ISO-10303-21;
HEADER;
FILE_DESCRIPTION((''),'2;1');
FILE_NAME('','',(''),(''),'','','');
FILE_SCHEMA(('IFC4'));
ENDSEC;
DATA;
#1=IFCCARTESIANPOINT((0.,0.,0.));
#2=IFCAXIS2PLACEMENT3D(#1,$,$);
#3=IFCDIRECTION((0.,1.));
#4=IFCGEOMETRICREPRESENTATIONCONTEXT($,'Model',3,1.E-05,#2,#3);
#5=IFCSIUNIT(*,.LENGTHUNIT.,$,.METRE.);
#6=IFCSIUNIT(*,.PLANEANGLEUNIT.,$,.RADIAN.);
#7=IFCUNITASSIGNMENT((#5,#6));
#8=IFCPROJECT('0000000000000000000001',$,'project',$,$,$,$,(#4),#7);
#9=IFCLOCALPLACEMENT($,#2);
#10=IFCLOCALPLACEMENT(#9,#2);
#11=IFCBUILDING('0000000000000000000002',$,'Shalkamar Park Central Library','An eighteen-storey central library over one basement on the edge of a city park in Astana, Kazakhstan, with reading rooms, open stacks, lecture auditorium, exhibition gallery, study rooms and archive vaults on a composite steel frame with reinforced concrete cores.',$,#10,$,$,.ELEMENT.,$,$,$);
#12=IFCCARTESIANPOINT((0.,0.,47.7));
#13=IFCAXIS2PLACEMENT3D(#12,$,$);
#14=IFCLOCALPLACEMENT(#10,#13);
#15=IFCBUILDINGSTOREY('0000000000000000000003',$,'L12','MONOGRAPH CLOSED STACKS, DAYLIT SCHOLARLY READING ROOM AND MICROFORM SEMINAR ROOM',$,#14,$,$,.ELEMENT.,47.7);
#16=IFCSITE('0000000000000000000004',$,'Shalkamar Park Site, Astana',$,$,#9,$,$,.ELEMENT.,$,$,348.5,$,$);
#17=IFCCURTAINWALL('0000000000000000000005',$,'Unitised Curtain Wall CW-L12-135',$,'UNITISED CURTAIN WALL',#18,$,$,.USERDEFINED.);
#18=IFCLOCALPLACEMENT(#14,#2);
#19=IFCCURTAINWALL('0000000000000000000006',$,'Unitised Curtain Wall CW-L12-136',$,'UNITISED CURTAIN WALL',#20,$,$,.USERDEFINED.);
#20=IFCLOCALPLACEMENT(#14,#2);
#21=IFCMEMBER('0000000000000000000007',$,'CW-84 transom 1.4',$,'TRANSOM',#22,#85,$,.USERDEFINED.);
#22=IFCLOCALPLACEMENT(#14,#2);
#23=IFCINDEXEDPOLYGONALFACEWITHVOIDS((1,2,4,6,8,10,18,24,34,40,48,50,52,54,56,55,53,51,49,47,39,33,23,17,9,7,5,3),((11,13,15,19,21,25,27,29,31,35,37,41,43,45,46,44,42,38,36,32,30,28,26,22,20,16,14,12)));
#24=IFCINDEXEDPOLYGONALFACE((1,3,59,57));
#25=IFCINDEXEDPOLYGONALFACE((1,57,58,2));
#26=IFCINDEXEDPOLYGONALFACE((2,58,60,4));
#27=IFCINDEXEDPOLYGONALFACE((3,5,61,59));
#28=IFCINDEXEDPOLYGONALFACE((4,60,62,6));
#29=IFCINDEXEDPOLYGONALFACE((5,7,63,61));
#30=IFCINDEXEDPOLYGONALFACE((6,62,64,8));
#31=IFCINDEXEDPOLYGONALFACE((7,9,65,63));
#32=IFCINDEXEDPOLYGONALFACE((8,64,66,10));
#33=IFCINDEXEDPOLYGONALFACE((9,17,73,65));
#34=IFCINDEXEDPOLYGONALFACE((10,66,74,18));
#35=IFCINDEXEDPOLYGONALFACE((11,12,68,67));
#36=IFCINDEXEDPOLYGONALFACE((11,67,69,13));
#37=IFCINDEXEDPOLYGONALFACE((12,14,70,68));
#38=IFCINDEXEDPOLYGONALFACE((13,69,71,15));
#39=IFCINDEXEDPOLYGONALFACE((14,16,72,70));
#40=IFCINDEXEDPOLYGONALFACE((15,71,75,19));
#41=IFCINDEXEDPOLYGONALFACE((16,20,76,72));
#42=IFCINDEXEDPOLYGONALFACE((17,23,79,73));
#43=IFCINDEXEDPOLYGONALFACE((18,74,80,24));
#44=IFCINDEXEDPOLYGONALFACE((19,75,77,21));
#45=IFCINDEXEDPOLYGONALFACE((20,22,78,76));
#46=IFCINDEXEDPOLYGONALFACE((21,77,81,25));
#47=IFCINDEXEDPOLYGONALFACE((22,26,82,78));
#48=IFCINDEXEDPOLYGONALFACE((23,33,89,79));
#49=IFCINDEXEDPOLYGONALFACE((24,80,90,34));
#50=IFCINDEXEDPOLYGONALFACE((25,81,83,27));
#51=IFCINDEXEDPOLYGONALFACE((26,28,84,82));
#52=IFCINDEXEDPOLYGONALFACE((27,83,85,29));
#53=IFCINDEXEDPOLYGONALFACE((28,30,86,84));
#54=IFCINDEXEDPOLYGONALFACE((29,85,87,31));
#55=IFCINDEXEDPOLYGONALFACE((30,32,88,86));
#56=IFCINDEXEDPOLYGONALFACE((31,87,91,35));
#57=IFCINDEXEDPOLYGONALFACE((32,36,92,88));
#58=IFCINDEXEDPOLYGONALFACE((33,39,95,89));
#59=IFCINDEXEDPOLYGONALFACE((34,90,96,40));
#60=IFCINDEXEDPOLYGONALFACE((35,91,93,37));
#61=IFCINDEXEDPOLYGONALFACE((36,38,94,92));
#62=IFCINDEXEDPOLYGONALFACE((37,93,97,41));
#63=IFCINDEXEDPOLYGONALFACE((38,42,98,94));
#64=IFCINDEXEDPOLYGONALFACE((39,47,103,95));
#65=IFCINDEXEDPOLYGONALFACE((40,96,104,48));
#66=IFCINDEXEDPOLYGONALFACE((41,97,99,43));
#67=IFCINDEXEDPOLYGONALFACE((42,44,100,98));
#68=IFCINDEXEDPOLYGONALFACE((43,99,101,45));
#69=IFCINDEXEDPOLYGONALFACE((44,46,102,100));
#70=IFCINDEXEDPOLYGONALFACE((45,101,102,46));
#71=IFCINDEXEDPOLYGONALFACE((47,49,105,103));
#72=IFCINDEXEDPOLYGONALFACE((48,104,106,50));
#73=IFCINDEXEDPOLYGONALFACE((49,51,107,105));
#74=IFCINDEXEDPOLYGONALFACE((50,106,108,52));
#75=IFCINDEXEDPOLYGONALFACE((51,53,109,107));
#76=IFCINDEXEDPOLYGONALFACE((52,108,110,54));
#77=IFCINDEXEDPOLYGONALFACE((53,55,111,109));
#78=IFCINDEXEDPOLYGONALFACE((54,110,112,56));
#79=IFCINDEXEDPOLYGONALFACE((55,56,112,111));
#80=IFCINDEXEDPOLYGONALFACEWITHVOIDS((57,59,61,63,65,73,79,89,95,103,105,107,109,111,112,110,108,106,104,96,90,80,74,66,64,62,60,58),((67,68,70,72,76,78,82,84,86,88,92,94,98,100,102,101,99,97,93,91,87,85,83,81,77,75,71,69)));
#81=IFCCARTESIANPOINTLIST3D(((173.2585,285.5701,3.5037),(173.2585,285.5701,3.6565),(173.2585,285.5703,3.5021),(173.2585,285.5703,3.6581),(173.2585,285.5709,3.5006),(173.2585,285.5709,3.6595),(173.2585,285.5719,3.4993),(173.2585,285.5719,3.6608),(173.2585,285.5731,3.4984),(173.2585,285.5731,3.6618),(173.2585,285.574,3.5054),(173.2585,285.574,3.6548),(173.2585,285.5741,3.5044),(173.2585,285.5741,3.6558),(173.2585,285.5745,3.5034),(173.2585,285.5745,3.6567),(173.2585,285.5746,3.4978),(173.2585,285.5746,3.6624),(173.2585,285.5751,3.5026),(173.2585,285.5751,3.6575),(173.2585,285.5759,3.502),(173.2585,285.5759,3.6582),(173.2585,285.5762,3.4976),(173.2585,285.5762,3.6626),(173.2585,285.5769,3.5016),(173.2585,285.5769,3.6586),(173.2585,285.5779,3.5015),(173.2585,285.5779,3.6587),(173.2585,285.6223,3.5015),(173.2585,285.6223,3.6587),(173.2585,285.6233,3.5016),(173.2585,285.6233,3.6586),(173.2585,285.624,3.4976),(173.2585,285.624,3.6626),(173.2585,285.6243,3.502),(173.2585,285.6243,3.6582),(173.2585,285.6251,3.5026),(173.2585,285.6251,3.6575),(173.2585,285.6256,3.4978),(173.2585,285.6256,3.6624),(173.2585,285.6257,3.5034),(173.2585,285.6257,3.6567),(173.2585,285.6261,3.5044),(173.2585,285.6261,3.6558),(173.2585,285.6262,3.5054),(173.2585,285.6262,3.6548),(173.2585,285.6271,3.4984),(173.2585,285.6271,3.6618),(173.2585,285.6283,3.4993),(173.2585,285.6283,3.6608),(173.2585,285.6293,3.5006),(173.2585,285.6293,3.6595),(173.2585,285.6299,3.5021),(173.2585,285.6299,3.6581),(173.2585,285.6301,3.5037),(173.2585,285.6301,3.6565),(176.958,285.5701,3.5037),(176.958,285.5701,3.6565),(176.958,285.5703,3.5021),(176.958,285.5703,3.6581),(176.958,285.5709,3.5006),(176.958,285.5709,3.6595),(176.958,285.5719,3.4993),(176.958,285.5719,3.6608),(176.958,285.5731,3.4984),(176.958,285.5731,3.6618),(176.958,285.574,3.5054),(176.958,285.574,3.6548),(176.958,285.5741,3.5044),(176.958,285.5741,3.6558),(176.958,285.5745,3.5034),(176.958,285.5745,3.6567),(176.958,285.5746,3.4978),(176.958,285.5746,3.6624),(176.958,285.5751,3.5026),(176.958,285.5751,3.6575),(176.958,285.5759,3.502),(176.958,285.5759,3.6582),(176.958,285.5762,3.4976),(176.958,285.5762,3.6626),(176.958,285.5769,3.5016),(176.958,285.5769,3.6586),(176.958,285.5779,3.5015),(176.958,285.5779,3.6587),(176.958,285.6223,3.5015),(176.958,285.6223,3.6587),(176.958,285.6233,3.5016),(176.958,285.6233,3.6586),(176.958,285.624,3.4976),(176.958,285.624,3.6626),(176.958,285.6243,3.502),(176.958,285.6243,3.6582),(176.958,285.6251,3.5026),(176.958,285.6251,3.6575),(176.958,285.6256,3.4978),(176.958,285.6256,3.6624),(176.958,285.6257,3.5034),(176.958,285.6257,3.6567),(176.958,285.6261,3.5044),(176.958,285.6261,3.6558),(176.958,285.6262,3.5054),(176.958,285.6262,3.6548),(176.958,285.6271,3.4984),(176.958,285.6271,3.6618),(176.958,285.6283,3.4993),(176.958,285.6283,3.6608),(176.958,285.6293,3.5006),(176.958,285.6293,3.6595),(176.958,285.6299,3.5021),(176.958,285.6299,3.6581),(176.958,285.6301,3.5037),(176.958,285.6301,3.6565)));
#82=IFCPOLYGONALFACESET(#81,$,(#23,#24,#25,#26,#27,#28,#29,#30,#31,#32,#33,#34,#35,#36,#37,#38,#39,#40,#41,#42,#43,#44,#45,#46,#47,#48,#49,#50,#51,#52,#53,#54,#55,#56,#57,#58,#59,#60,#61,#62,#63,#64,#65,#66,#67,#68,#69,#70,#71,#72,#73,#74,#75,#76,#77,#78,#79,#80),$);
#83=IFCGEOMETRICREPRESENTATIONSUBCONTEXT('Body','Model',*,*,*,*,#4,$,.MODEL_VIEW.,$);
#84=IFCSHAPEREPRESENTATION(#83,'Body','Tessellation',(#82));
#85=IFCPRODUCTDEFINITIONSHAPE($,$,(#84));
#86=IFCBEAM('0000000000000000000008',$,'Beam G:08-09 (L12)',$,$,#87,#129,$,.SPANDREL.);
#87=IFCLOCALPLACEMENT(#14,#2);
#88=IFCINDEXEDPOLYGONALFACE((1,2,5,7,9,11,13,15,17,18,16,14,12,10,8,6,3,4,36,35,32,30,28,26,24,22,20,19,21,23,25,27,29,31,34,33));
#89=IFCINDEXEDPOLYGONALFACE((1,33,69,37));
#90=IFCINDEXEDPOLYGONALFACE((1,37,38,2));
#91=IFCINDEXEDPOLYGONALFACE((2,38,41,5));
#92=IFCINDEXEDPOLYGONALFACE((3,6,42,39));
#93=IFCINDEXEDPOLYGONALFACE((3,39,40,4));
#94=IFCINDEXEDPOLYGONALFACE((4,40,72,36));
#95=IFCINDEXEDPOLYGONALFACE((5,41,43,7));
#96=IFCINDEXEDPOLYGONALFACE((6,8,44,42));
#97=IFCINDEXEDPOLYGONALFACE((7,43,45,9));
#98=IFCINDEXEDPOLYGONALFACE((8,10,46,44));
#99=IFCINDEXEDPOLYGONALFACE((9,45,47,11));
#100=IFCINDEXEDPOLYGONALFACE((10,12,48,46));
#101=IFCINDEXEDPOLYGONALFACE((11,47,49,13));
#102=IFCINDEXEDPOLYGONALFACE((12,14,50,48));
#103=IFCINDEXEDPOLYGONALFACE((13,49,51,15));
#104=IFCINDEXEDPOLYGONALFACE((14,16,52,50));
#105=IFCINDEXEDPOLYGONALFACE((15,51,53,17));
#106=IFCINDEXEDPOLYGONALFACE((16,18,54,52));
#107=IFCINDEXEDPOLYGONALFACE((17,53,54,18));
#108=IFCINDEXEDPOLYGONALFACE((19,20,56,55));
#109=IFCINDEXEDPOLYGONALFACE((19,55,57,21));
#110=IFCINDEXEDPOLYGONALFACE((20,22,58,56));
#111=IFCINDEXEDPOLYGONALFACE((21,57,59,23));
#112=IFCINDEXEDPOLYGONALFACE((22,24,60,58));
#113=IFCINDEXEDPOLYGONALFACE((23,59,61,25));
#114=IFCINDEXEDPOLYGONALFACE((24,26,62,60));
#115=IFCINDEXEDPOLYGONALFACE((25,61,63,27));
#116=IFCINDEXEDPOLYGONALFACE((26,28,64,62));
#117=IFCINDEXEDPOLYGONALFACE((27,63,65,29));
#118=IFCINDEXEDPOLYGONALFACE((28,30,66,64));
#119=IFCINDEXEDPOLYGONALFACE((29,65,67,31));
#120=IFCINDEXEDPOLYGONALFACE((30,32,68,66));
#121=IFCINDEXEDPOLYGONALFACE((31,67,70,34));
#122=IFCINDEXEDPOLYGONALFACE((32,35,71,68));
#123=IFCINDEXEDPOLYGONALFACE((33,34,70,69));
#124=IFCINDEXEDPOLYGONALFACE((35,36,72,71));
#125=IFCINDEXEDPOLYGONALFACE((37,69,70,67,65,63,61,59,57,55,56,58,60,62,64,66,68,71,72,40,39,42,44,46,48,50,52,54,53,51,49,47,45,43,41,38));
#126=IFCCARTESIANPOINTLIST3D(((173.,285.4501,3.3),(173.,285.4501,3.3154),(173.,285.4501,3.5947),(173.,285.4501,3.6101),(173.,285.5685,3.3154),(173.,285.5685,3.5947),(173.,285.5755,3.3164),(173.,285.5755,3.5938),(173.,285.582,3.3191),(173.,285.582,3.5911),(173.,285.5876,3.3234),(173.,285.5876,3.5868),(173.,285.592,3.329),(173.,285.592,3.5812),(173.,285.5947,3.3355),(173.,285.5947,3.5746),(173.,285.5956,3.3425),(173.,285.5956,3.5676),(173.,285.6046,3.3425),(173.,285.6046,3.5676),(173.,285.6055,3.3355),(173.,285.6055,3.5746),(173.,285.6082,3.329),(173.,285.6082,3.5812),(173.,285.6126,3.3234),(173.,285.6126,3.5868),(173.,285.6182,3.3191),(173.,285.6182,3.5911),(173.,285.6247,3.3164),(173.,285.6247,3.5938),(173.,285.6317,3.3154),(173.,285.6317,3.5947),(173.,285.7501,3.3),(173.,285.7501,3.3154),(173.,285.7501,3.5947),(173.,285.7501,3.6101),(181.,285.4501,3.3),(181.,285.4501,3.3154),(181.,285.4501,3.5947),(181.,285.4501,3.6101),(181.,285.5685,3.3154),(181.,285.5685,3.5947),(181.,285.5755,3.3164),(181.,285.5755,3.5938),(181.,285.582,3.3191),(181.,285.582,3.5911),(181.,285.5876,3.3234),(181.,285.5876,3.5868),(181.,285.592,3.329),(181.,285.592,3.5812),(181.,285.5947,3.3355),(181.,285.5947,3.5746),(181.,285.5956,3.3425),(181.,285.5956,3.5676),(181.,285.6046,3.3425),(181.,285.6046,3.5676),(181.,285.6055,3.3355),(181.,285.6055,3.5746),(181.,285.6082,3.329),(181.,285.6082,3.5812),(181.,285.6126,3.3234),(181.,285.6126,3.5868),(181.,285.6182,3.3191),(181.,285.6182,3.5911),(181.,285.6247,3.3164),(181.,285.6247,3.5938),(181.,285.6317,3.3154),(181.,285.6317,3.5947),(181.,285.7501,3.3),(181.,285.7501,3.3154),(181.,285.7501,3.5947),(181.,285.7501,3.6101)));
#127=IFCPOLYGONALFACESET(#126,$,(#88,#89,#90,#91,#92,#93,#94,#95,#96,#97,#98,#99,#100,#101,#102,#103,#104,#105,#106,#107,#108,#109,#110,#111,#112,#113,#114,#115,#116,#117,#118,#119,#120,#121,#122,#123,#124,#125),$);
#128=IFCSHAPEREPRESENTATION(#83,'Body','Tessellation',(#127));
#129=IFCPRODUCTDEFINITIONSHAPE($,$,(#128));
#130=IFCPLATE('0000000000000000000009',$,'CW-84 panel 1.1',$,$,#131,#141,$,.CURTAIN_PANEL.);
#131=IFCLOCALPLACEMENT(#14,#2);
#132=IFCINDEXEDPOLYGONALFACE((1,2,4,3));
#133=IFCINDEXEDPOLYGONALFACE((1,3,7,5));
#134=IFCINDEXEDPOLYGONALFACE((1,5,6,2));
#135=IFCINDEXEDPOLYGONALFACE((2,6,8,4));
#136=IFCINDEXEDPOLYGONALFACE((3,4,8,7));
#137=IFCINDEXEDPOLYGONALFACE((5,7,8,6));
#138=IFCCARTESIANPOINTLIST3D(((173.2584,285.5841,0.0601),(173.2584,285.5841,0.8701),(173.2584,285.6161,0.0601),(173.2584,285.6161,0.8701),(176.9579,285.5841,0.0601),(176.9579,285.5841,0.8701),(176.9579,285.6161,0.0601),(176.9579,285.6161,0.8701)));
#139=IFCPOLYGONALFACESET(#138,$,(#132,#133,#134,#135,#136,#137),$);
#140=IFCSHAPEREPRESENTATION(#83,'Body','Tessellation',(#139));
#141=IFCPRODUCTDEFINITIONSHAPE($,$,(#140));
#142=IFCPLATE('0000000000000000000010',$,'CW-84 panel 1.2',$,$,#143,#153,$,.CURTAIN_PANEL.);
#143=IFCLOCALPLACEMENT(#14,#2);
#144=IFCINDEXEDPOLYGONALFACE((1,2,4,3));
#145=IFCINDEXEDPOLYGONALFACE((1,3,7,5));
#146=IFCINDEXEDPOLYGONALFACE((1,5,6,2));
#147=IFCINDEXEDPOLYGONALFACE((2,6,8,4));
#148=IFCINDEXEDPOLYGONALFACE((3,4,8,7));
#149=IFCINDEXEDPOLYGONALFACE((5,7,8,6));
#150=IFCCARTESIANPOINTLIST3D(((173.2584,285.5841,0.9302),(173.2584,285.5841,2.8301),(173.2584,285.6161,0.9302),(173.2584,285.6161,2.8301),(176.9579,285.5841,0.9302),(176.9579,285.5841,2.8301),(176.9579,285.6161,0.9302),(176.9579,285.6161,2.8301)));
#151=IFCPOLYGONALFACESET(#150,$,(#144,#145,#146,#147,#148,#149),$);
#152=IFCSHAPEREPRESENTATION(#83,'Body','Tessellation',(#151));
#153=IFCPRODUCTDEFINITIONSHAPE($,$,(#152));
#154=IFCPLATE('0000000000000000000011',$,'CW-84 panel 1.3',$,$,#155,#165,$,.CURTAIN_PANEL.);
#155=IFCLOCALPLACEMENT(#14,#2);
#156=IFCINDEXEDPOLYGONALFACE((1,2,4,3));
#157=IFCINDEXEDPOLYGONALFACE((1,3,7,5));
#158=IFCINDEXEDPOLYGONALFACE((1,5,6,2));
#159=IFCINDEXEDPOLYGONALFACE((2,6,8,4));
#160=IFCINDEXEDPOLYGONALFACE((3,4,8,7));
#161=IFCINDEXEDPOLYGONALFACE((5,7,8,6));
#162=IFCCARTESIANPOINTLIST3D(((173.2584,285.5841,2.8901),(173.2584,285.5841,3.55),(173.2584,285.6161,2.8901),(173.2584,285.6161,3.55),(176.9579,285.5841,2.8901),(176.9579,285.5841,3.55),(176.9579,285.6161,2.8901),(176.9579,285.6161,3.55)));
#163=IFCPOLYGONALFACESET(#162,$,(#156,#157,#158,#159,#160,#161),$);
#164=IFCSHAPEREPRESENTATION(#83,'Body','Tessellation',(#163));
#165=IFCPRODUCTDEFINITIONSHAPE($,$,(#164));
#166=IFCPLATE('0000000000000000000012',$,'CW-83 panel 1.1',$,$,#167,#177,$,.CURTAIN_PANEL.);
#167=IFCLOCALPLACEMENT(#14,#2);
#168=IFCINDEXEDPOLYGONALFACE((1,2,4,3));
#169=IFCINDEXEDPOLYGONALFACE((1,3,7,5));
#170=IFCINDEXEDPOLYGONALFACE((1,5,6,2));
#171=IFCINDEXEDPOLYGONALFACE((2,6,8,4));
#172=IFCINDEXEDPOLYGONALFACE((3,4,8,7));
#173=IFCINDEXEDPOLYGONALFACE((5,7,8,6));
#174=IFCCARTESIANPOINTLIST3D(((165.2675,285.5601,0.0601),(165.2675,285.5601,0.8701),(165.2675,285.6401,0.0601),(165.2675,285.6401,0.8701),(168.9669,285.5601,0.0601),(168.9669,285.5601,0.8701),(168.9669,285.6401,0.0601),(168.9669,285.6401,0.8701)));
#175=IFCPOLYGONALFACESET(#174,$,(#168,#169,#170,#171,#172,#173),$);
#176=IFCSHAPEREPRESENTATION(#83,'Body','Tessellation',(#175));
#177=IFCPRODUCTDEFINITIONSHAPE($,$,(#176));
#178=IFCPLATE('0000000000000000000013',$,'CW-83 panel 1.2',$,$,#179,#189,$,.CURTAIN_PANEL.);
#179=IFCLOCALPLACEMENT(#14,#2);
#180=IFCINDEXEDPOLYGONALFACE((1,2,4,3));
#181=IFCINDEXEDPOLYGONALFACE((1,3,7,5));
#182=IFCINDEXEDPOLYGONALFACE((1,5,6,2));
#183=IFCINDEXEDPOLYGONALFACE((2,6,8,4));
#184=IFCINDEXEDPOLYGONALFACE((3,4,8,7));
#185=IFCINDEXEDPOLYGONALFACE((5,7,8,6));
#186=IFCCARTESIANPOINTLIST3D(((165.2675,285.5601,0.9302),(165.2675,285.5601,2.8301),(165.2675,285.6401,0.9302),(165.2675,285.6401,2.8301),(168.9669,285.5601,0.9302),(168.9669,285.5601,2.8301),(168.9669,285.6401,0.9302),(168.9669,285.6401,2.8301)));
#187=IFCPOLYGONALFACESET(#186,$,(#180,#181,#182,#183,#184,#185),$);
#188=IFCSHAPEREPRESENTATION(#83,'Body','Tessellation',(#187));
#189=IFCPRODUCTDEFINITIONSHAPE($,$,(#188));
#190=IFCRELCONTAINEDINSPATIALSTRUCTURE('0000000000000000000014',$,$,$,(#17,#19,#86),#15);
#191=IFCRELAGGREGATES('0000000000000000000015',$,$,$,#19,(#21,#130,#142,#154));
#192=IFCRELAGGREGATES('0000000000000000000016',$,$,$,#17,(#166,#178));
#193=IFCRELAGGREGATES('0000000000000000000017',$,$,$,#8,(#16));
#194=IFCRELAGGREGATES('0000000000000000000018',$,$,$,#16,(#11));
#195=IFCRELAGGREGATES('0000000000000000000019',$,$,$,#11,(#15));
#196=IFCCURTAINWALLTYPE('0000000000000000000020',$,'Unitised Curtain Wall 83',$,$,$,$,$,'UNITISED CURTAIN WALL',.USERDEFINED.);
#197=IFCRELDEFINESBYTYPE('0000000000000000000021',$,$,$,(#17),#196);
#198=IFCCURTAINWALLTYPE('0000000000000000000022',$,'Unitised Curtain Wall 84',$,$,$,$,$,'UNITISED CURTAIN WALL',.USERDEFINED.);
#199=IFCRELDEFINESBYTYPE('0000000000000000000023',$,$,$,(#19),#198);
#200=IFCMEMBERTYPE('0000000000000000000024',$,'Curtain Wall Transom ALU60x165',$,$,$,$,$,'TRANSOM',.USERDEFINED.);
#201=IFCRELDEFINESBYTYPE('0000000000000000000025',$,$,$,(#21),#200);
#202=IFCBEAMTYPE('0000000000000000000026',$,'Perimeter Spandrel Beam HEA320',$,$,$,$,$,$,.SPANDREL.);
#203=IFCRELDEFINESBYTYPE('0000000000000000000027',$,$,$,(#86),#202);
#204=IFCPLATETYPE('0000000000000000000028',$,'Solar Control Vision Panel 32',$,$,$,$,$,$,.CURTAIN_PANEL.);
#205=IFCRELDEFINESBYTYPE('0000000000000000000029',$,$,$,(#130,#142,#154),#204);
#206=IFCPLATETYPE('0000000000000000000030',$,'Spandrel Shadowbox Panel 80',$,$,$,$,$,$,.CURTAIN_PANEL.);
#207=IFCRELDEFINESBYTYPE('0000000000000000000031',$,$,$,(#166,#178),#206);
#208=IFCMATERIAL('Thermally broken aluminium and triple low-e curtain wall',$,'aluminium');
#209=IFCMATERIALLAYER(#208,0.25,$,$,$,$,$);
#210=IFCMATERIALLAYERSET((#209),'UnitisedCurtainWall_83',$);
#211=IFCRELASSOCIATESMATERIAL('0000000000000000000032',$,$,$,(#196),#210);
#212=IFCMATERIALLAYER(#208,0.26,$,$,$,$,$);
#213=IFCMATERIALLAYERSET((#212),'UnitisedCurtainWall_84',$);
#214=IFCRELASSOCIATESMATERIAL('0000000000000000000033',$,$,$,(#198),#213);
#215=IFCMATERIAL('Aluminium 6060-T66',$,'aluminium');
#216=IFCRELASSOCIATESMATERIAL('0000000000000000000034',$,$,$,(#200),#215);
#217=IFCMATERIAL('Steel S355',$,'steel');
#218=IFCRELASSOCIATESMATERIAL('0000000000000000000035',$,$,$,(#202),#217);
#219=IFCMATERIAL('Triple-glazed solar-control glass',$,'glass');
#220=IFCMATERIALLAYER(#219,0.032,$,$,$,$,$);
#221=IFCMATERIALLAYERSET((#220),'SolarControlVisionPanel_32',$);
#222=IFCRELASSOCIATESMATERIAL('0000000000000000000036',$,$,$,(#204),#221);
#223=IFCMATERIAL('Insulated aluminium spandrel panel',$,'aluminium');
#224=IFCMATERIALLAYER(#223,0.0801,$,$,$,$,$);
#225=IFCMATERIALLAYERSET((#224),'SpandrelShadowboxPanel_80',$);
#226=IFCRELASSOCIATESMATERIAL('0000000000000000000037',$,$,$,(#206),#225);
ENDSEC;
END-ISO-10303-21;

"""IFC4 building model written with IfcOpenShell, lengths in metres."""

from ifc_helpers import new_model, si_unit, direction, frame, origin, origin_2d, place, context, subcontext, project, spatial, rectangle, hollow_rectangle, i_section, extrude, material, layer, layer_set, material_profile, profile_set, type_object, element, aggregate, save


model = new_model("IFC4")

# Units and contexts
model_context = context("Model", 3, precision=1e-05, world=origin(), true_north=direction((0.0, 1.0)))
body_context = subcontext(model_context, "Body", "Model", "MODEL_VIEW")
ifc_project = project(units=[si_unit("LENGTHUNIT", "METRE"), si_unit("PLANEANGLEUNIT", "RADIAN")], contexts=[model_context])

# Site, building, storey
site_placement = place(None, origin())
site = spatial("IfcSite", under=ifc_project, at=site_placement, Name="Shalkamar Park Site, Astana", CompositionType="ELEMENT", RefElevation=348.5)
building_placement = place(site_placement, origin())
building = spatial("IfcBuilding", under=site, at=building_placement, Name="Shalkamar Park Central Library", Description="An eighteen-storey central library over one basement on the edge of a city park in Astana, Kazakhstan, with reading rooms, open stacks, lecture auditorium, exhibition gallery, study rooms and archive vaults on a composite steel frame with reinforced concrete cores.", CompositionType="ELEMENT")
storey_placement = place(building_placement, frame((0.0, 0.0, 47.7)))
storey = spatial("IfcBuildingStorey", under=building, at=storey_placement, Name="L12", Description="MONOGRAPH CLOSED STACKS, DAYLIT SCHOLARLY READING ROOM AND MICROFORM SEMINAR ROOM", CompositionType="ELEMENT", Elevation=47.7)

# Shared definitions
ifc_material_1 = material(Name="Steel S355", Category="steel")

# Curtain walls
ifc_material_2 = material(Name="Thermally broken aluminium and triple low-e curtain wall", Category="aluminium")
ifc_layer_1 = layer(ifc_material_2, 0.25)
ifc_layer_set_1 = layer_set([ifc_layer_1], Name="UnitisedCurtainWall_83")
curtain_wall_type_1 = type_object("IfcCurtainWallType", Name="Unitised Curtain Wall 83", ElementType="UNITISED CURTAIN WALL", PredefinedType="USERDEFINED", material=ifc_layer_set_1)
curtain_wall_1_placement = place(storey_placement, origin())
curtain_wall_1 = element("IfcCurtainWall", 1, at=curtain_wall_1_placement, inside=storey, type_object=curtain_wall_type_1, Name="Unitised Curtain Wall CW-L12-135", ObjectType="UNITISED CURTAIN WALL", PredefinedType="USERDEFINED")
ifc_material_3 = material(Name="Aluminium 6060-T66", Category="aluminium")
ifc_layer_2 = layer(ifc_material_2, 0.26)
ifc_layer_set_2 = layer_set([ifc_layer_2], Name="UnitisedCurtainWall_84")
curtain_wall_type_2 = type_object("IfcCurtainWallType", Name="Unitised Curtain Wall 84", ElementType="UNITISED CURTAIN WALL", PredefinedType="USERDEFINED", material=ifc_layer_set_2)
curtain_wall_2_placement = place(storey_placement, origin())
curtain_wall_2 = element("IfcCurtainWall", 2, at=curtain_wall_2_placement, inside=storey, type_object=curtain_wall_type_2, Name="Unitised Curtain Wall CW-L12-136", ObjectType="UNITISED CURTAIN WALL", PredefinedType="USERDEFINED")

# Member
ifc_material_profile_1 = material_profile(ifc_material_3, hollow_rectangle(XDim=0.0601, YDim=0.165, WallThickness=0.0039, InnerFilletRadius=0.0039, OuterFilletRadius=0.0061, at=origin_2d()), Name="ALU 60x165x4")
ifc_profile_set_1 = profile_set([ifc_material_profile_1], Name="Aluminium 6060-T66")
member_type_1 = type_object("IfcMemberType", Name="Curtain Wall Transom ALU60x165", ElementType="TRANSOM", PredefinedType="USERDEFINED", material=ifc_profile_set_1)
member_1_placement = place(storey_placement, frame((173.2585, 285.6001, 3.5801), z_axis=(1.0, 0.0, 0.0), x_axis=(0.0, 1.0, 0.0)))
member_1 = element("IfcMember", 3, at=member_1_placement, type_object=member_type_1, Name="CW-84 transom 1.4", ObjectType="TRANSOM", PredefinedType="USERDEFINED", context=body_context, shape_type="SweptSolid", body=[
    extrude(hollow_rectangle(XDim=0.0601, YDim=0.165, WallThickness=0.0039, InnerFilletRadius=0.0039, OuterFilletRadius=0.0061, at=origin_2d()), origin(), (0.0, 0.0, 1.0), 3.6995),
])

# Beam
ifc_material_profile_2 = material_profile(ifc_material_1, i_section(OverallWidth=0.3, OverallDepth=0.3101, WebThickness=0.009, FlangeThickness=0.0154, FilletRadius=0.0271, at=origin_2d()), Name="HEA 320")
ifc_profile_set_2 = profile_set([ifc_material_profile_2], Name="Steel S355")
beam_type = type_object("IfcBeamType", Name="Perimeter Spandrel Beam HEA320", PredefinedType="SPANDREL", material=ifc_profile_set_2)
beam_placement = place(storey_placement, frame((173.0, 285.6001, 3.4551), z_axis=(1.0, 0.0, 0.0), x_axis=(0.0, 1.0, 0.0)))
element("IfcBeam", 4, at=beam_placement, inside=storey, type_object=beam_type, Name="Beam G:08-09 (L12)", PredefinedType="SPANDREL", context=body_context, shape_type="SweptSolid", body=[
    extrude(i_section(OverallWidth=0.3, OverallDepth=0.3101, WebThickness=0.009, FlangeThickness=0.0154, FilletRadius=0.0271, at=origin_2d()), origin(), (0.0, 0.0, 1.0), 8.0),
])

# Plates
ifc_material_4 = material(Name="Triple-glazed solar-control glass", Category="glass")
ifc_layer_3 = layer(ifc_material_4, 0.032)
ifc_layer_set_3 = layer_set([ifc_layer_3], Name="SolarControlVisionPanel_32")
plate_type_1 = type_object("IfcPlateType", Name="Solar Control Vision Panel 32", PredefinedType="CURTAIN_PANEL", material=ifc_layer_set_3)
plate_1_placement = place(storey_placement, frame((175.1082, 285.6001, 0.0601), z_axis=(0.0, 0.0, 1.0), x_axis=(1.0, 0.0, 0.0)))
plate_1 = element("IfcPlate", 5, at=plate_1_placement, type_object=plate_type_1, Name="CW-84 panel 1.1", PredefinedType="CURTAIN_PANEL", context=body_context, shape_type="SweptSolid", body=[
    extrude(rectangle(XDim=3.6995, YDim=0.032, at=origin_2d()), origin(), (0.0, 0.0, 1.0), 0.8101),
])
plate_2_placement = place(storey_placement, frame((175.1082, 285.6001, 0.9302), z_axis=(0.0, 0.0, 1.0), x_axis=(1.0, 0.0, 0.0)))
plate_2 = element("IfcPlate", 6, at=plate_2_placement, type_object=plate_type_1, Name="CW-84 panel 1.2", PredefinedType="CURTAIN_PANEL", context=body_context, shape_type="SweptSolid", body=[
    extrude(rectangle(XDim=3.6995, YDim=0.032, at=origin_2d()), origin(), (0.0, 0.0, 1.0), 1.8999),
])
plate_3_placement = place(storey_placement, frame((175.1082, 285.6001, 2.8901), z_axis=(0.0, 0.0, 1.0), x_axis=(1.0, 0.0, 0.0)))
plate_3 = element("IfcPlate", 7, at=plate_3_placement, type_object=plate_type_1, Name="CW-84 panel 1.3", PredefinedType="CURTAIN_PANEL", context=body_context, shape_type="SweptSolid", body=[
    extrude(rectangle(XDim=3.6995, YDim=0.032, at=origin_2d()), origin(), (0.0, 0.0, 1.0), 0.6599),
])
aggregate(curtain_wall_2, [member_1, plate_1, plate_2, plate_3])
ifc_material_5 = material(Name="Insulated aluminium spandrel panel", Category="aluminium")
ifc_layer_4 = layer(ifc_material_5, 0.0801)
ifc_layer_set_4 = layer_set([ifc_layer_4], Name="SpandrelShadowboxPanel_80")
plate_type_2 = type_object("IfcPlateType", Name="Spandrel Shadowbox Panel 80", PredefinedType="CURTAIN_PANEL", material=ifc_layer_set_4)
plate_4_placement = place(storey_placement, frame((167.1172, 285.6001, 0.0601), z_axis=(0.0, 0.0, 1.0), x_axis=(1.0, 0.0, 0.0)))
plate_4 = element("IfcPlate", 8, at=plate_4_placement, type_object=plate_type_2, Name="CW-83 panel 1.1", PredefinedType="CURTAIN_PANEL", context=body_context, shape_type="SweptSolid", body=[
    extrude(rectangle(XDim=3.6995, YDim=0.0801, at=origin_2d()), origin(), (0.0, 0.0, 1.0), 0.8101),
])
plate_5_placement = place(storey_placement, frame((167.1172, 285.6001, 0.9302), z_axis=(0.0, 0.0, 1.0), x_axis=(1.0, 0.0, 0.0)))
plate_5 = element("IfcPlate", 9, at=plate_5_placement, type_object=plate_type_2, Name="CW-83 panel 1.2", PredefinedType="CURTAIN_PANEL", context=body_context, shape_type="SweptSolid", body=[
    extrude(rectangle(XDim=3.6995, YDim=0.0801, at=origin_2d()), origin(), (0.0, 0.0, 1.0), 1.8999),
])
aggregate(curtain_wall_1, [plate_4, plate_5])

save(model, "model.ifc")
